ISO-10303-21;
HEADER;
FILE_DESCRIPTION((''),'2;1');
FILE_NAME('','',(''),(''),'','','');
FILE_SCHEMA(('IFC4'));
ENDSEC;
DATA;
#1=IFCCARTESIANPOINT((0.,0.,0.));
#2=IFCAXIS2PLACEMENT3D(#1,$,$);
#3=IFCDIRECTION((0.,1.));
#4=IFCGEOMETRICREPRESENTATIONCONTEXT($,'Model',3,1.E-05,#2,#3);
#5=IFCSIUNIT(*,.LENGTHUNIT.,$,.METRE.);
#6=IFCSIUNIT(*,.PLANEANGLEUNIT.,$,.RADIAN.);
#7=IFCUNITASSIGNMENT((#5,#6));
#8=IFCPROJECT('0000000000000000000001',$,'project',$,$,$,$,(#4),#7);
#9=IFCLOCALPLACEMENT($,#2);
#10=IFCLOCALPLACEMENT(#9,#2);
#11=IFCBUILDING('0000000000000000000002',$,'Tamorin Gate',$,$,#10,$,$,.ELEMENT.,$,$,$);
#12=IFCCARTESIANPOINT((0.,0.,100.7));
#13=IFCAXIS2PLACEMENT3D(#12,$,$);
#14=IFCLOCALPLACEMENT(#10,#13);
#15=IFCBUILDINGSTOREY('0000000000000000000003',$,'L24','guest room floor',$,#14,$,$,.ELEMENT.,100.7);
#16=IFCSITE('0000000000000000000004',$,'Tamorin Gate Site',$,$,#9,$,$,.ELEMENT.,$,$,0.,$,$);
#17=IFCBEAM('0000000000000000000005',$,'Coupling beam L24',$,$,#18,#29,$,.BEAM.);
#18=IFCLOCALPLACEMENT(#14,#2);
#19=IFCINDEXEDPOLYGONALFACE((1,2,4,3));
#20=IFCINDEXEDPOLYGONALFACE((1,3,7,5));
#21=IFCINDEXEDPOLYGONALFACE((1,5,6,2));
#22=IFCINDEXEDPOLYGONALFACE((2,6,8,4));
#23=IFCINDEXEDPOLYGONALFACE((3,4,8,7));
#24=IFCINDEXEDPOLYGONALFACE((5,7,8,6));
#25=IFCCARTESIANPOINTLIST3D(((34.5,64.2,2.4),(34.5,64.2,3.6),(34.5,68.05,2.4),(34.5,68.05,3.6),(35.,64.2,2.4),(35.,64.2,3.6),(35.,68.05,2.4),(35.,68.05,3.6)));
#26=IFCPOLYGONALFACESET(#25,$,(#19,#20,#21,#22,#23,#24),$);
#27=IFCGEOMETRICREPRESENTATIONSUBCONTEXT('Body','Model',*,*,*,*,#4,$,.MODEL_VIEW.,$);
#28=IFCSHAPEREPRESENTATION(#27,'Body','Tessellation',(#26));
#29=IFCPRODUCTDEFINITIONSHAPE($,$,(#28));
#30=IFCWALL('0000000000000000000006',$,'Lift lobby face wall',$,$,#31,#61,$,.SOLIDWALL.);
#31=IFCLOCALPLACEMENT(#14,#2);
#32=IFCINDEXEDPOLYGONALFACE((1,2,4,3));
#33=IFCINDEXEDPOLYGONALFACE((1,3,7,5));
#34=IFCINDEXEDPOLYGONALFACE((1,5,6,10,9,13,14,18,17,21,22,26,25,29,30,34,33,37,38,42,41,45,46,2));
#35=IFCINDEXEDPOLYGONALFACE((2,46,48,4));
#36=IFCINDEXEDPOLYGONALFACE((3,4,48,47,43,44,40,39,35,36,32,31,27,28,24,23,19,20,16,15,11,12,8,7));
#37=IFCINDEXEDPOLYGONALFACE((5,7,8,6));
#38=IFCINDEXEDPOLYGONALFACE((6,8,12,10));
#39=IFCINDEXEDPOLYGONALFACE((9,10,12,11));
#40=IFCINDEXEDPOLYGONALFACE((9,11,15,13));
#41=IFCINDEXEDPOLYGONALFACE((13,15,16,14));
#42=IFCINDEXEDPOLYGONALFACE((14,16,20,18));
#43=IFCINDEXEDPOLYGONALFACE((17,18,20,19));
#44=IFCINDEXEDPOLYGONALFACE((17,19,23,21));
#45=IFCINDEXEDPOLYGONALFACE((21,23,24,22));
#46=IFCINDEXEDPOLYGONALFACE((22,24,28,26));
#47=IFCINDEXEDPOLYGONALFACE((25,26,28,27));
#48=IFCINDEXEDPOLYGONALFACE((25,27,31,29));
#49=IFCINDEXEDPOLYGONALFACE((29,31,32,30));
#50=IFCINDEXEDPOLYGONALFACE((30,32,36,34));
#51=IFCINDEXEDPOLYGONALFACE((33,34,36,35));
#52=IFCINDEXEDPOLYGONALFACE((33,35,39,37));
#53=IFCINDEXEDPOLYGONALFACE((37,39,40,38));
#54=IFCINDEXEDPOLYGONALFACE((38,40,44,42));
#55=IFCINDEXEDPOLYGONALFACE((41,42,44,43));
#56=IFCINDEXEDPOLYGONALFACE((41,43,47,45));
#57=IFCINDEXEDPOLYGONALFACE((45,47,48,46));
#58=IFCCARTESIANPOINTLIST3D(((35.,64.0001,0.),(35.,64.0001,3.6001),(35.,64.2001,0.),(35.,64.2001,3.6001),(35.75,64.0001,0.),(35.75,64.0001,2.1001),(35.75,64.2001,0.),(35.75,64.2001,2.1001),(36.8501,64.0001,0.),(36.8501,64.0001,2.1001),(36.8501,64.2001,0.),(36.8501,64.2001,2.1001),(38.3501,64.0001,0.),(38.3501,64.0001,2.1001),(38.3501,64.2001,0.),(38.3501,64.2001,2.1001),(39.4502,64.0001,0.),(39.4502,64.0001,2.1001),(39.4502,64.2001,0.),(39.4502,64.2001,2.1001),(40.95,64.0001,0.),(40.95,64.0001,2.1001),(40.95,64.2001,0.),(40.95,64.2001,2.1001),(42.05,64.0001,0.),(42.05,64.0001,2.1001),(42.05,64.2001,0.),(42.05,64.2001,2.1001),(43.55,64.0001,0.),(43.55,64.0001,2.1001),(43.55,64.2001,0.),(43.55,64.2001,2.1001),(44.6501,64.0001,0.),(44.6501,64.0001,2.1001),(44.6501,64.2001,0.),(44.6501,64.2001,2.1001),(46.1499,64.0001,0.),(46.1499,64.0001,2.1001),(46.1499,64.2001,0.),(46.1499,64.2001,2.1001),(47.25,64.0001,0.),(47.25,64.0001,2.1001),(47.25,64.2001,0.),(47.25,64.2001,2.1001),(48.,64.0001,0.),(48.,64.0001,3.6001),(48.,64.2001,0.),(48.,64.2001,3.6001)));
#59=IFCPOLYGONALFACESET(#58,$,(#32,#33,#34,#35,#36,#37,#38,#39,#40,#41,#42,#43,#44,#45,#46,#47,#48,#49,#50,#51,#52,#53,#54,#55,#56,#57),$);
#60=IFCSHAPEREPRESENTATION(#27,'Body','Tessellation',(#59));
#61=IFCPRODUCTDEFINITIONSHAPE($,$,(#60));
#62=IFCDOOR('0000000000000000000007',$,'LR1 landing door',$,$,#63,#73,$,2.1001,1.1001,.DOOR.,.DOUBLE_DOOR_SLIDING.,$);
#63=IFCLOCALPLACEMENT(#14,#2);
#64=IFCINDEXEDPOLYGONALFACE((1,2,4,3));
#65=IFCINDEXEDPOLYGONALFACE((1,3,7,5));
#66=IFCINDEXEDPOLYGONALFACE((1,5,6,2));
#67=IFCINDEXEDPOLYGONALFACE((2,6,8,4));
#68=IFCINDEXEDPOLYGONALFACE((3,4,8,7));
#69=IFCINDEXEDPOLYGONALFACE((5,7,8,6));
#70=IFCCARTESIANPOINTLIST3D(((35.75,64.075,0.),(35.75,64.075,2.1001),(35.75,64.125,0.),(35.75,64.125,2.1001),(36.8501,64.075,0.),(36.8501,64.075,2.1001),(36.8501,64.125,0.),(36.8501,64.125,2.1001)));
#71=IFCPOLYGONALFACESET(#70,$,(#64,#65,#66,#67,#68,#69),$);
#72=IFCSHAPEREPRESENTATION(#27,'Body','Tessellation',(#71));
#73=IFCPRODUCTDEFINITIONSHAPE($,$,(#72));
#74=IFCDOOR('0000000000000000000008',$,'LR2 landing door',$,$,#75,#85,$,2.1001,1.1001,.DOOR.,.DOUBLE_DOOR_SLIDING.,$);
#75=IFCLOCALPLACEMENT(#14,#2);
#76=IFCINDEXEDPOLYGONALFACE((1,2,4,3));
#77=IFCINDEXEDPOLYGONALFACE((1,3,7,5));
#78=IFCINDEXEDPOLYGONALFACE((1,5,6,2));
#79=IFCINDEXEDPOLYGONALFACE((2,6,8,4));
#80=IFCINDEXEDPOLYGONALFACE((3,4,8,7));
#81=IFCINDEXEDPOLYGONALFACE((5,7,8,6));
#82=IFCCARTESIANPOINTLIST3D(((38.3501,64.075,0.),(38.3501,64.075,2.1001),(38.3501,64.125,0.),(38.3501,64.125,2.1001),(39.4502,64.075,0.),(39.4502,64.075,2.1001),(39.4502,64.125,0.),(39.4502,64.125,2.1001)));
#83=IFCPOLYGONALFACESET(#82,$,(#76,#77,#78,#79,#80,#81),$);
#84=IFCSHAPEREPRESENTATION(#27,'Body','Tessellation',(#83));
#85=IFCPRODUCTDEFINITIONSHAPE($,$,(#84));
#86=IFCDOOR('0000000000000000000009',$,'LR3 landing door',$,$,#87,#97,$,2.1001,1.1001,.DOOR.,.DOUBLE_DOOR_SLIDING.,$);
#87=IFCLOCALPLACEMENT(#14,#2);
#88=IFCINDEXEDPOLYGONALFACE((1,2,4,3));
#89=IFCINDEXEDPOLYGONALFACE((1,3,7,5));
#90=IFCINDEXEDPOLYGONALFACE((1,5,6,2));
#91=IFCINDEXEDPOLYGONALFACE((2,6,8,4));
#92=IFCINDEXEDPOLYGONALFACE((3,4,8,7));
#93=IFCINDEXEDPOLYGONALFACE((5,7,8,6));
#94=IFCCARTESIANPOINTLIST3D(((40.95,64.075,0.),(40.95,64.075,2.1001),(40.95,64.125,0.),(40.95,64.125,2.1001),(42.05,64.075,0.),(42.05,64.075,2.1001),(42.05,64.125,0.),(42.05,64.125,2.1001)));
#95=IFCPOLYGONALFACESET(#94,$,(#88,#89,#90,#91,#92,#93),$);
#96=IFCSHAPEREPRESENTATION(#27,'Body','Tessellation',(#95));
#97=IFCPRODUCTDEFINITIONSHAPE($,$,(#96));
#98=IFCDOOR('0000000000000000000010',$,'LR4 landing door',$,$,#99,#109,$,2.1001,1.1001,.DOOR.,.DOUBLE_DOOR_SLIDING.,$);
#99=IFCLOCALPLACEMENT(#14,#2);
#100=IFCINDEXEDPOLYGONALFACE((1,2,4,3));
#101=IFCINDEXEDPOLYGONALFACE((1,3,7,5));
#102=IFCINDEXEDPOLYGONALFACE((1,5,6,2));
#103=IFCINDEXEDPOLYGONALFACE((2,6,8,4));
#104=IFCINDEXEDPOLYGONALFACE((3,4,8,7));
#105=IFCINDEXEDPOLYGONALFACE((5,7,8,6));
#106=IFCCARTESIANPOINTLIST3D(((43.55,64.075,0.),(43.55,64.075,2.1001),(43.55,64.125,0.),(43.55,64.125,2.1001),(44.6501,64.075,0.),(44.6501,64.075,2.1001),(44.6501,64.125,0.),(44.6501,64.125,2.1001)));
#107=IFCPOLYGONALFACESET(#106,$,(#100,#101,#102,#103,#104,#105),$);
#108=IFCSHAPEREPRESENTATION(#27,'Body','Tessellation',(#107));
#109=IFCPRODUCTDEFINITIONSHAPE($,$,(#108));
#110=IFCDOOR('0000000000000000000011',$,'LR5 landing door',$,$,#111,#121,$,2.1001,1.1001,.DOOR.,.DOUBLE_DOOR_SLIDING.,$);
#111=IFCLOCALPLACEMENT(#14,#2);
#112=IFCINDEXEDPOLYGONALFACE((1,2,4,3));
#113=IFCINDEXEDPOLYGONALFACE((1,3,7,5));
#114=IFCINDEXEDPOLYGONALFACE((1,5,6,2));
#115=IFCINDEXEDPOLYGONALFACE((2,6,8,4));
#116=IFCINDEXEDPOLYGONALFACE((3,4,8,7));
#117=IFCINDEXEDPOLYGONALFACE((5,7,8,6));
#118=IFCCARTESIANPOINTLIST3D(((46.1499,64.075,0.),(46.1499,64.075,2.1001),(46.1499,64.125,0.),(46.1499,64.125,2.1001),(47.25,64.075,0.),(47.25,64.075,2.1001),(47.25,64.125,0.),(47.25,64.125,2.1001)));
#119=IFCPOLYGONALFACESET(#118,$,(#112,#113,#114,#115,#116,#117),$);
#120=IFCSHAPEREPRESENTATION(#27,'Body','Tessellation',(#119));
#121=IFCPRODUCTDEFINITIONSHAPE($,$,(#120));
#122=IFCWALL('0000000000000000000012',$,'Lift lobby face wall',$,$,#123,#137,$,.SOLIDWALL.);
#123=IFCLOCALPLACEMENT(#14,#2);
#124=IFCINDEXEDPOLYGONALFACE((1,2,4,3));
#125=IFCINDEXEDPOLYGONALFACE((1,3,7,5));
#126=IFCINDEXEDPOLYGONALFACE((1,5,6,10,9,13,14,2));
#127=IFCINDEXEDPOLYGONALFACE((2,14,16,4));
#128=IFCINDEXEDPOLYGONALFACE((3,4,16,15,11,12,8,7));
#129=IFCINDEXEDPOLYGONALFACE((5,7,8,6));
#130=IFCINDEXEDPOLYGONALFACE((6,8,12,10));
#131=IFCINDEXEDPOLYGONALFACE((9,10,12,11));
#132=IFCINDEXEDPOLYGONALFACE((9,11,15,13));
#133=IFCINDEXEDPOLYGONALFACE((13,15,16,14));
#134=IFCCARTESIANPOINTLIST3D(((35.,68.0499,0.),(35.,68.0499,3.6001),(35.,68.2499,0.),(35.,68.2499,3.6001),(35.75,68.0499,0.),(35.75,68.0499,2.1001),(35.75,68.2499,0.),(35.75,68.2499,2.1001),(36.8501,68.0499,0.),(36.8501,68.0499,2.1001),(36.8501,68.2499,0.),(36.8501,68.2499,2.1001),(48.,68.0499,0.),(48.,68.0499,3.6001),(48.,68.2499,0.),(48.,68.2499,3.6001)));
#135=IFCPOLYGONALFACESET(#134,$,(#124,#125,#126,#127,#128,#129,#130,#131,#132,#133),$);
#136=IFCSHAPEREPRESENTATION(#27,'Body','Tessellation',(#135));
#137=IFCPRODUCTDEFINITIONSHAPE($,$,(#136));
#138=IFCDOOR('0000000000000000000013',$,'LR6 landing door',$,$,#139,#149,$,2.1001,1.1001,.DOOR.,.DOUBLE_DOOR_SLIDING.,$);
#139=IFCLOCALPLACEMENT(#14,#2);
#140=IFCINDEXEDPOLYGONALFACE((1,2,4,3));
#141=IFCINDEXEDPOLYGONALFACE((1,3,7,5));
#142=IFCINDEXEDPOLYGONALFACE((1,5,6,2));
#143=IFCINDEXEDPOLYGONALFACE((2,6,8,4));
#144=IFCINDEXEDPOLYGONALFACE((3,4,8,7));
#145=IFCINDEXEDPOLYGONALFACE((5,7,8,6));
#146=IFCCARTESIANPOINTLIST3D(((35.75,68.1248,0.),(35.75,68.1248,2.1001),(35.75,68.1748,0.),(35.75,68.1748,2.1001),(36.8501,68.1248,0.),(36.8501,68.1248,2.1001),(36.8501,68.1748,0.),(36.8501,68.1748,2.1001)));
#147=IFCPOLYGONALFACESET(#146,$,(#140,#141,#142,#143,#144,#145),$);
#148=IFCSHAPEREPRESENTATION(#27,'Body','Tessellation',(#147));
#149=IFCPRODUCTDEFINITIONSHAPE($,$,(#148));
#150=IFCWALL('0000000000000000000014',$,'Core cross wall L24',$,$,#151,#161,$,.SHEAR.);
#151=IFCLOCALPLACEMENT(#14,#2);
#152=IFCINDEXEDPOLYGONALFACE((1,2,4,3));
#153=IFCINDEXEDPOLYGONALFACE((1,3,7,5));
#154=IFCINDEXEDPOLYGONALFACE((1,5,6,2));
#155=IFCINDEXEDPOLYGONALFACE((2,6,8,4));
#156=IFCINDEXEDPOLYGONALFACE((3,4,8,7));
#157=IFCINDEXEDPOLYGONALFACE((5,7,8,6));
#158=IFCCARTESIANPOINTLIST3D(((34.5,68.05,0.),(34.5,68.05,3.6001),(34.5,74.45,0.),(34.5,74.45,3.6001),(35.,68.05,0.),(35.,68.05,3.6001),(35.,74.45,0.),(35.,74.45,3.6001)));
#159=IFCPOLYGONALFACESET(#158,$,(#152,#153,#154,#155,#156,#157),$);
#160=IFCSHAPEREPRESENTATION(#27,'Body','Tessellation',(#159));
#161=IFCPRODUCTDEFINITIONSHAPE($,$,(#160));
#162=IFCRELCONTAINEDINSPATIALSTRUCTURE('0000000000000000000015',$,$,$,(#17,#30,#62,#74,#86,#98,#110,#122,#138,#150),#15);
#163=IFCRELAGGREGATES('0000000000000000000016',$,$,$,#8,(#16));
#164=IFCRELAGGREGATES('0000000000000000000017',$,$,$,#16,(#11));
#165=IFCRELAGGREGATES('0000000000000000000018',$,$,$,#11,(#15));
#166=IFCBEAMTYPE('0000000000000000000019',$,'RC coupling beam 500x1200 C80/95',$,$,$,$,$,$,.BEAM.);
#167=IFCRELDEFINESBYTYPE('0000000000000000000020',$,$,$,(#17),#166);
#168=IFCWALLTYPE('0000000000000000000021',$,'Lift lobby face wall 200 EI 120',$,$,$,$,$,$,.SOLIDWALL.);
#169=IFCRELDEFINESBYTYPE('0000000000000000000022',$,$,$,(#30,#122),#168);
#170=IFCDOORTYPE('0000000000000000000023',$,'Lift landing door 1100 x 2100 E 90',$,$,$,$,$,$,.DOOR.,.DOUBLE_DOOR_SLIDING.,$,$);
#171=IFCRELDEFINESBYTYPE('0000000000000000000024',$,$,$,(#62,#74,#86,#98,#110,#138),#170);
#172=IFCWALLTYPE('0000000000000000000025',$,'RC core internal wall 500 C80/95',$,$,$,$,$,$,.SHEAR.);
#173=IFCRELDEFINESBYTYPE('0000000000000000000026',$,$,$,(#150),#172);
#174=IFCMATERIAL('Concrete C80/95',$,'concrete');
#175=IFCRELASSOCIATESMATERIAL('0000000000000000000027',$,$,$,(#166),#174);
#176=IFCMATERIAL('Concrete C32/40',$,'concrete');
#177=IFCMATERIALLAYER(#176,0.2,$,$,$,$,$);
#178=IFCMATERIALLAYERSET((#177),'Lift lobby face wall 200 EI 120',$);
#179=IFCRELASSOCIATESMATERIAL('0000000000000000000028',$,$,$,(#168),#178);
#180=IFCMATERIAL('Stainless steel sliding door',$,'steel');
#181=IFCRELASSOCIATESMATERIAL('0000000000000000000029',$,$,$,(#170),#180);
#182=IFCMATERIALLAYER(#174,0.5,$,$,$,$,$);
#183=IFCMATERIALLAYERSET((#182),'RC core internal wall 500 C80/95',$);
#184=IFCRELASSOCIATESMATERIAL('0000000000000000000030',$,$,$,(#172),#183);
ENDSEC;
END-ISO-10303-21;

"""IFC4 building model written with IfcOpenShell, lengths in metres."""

from ifc_helpers import new_model, si_unit, direction, frame, frame_2d, origin, origin_2d, place, context, subcontext, project, spatial, rectangle, extrude, material, layer, layer_set, material_profile, profile_set, type_object, element, fill, save


model = new_model("IFC4")

# Units and contexts
model_context = context("Model", 3, precision=1e-05, world=origin(), true_north=direction((0.0, 1.0)))
body_context = subcontext(model_context, "Body", "Model", "MODEL_VIEW")
ifc_project = project(units=[si_unit("LENGTHUNIT", "METRE"), si_unit("PLANEANGLEUNIT", "RADIAN")], contexts=[model_context])

# Site, building, storey
site_placement = place(None, origin())
site = spatial("IfcSite", under=ifc_project, at=site_placement, Name="Tamorin Gate Site", CompositionType="ELEMENT", RefElevation=0.0)
building_placement = place(site_placement, origin())
building = spatial("IfcBuilding", under=site, at=building_placement, Name="Tamorin Gate", CompositionType="ELEMENT")
storey_placement = place(building_placement, frame((0.0, 0.0, 100.7)))
storey = spatial("IfcBuildingStorey", under=building, at=storey_placement, Name="L24", Description="guest room floor", CompositionType="ELEMENT", Elevation=100.7)

# Beam
ifc_material_1 = material(Name="Concrete C80/95", Category="concrete")
ifc_material_profile = material_profile(ifc_material_1, rectangle(XDim=0.5, YDim=1.2, at=origin_2d()), Name="RC 500x1200")
ifc_profile_set = profile_set([ifc_material_profile], Name="Concrete C80/95")
beam_type = type_object("IfcBeamType", Name="RC coupling beam 500x1200 C80/95", PredefinedType="BEAM", material=ifc_profile_set)
beam_placement = place(storey_placement, frame((34.75, 64.2, 3.0), z_axis=(0.0, 1.0, 0.0), x_axis=(-1.0, 0.0, 0.0)))
element("IfcBeam", 1, at=beam_placement, inside=storey, type_object=beam_type, Name="Coupling beam L24", PredefinedType="BEAM", context=body_context, shape_type="SweptSolid", body=[
    extrude(rectangle(XDim=0.5, YDim=1.2, at=origin_2d()), origin(), (0.0, 0.0, 1.0), 3.8501),
])

# Wall, openings, doors
ifc_material_2 = material(Name="Concrete C32/40", Category="concrete")
ifc_layer_1 = layer(ifc_material_2, 0.2)
ifc_layer_set_1 = layer_set([ifc_layer_1], Name="Lift lobby face wall 200 EI 120")
wall_type_1 = type_object("IfcWallType", Name="Lift lobby face wall 200 EI 120", PredefinedType="SOLIDWALL", material=ifc_layer_set_1)
wall_1_placement = place(storey_placement, frame((35.0, 64.1001, 0.0), z_axis=(0.0, 0.0, 1.0), x_axis=(1.0, 0.0, 0.0)))
wall_1 = element("IfcWall", 2, at=wall_1_placement, inside=storey, type_object=wall_type_1, Name="Lift lobby face wall", PredefinedType="SOLIDWALL", context=body_context, shape_type="SweptSolid", body=[
    extrude(rectangle(XDim=13.0, YDim=0.2, at=frame_2d((6.5, 0.0))), origin(), (0.0, 0.0, 1.0), 3.6001),
])
opening_1_placement = place(wall_1_placement, frame((0.75, 0.0, 0.0)))
opening_1 = element("IfcOpeningElement", 3, at=opening_1_placement, cuts=wall_1, PredefinedType="OPENING", context=body_context, shape_type="SweptSolid", body=[
    extrude(rectangle(XDim=1.1001, YDim=2.1001, at=frame_2d((0.55, 1.05))), frame((0.0, 0.1099, 0.0), z_axis=(0.0, -1.0, 0.0), x_axis=(1.0, 0.0, 0.0)), (0.0, 0.0, 1.0), 0.22),
])
opening_2_placement = place(wall_1_placement, frame((3.3501, 0.0, 0.0)))
opening_2 = element("IfcOpeningElement", 4, at=opening_2_placement, cuts=wall_1, PredefinedType="OPENING", context=body_context, shape_type="SweptSolid", body=[
    extrude(rectangle(XDim=1.1001, YDim=2.1001, at=frame_2d((0.55, 1.05))), frame((0.0, 0.1099, 0.0), z_axis=(0.0, -1.0, 0.0), x_axis=(1.0, 0.0, 0.0)), (0.0, 0.0, 1.0), 0.22),
])
opening_3_placement = place(wall_1_placement, frame((5.95, 0.0, 0.0)))
opening_3 = element("IfcOpeningElement", 5, at=opening_3_placement, cuts=wall_1, PredefinedType="OPENING", context=body_context, shape_type="SweptSolid", body=[
    extrude(rectangle(XDim=1.1001, YDim=2.1001, at=frame_2d((0.55, 1.05))), frame((0.0, 0.1099, 0.0), z_axis=(0.0, -1.0, 0.0), x_axis=(1.0, 0.0, 0.0)), (0.0, 0.0, 1.0), 0.22),
])
opening_4_placement = place(wall_1_placement, frame((8.55, 0.0, 0.0)))
opening_4 = element("IfcOpeningElement", 6, at=opening_4_placement, cuts=wall_1, PredefinedType="OPENING", context=body_context, shape_type="SweptSolid", body=[
    extrude(rectangle(XDim=1.1001, YDim=2.1001, at=frame_2d((0.55, 1.05))), frame((0.0, 0.1099, 0.0), z_axis=(0.0, -1.0, 0.0), x_axis=(1.0, 0.0, 0.0)), (0.0, 0.0, 1.0), 0.22),
])
opening_5_placement = place(wall_1_placement, frame((11.1499, 0.0, 0.0)))
opening_5 = element("IfcOpeningElement", 7, at=opening_5_placement, cuts=wall_1, PredefinedType="OPENING", context=body_context, shape_type="SweptSolid", body=[
    extrude(rectangle(XDim=1.1001, YDim=2.1001, at=frame_2d((0.55, 1.05))), frame((0.0, 0.1099, 0.0), z_axis=(0.0, -1.0, 0.0), x_axis=(1.0, 0.0, 0.0)), (0.0, 0.0, 1.0), 0.22),
])
ifc_material_3 = material(Name="Stainless steel sliding door", Category="steel")
door_type_1 = type_object("IfcDoorType", Name="Lift landing door 1100 x 2100 E 90", OperationType="DOUBLE_DOOR_SLIDING", PredefinedType="DOOR", material=ifc_material_3)
door_1_placement = place(opening_1_placement, origin())
door_1 = element("IfcDoor", 8, at=door_1_placement, inside=storey, type_object=door_type_1, Name="LR1 landing door", OperationType="DOUBLE_DOOR_SLIDING", OverallHeight=2.1001, OverallWidth=1.1001, PredefinedType="DOOR", context=body_context, shape_type="SweptSolid", body=[
    extrude(rectangle(XDim=1.1001, YDim=2.1001, at=frame_2d((0.55, 1.05))), frame((0.0, 0.0249, 0.0), z_axis=(0.0, -1.0, 0.0), x_axis=(1.0, 0.0, 0.0)), (0.0, 0.0, 1.0), 0.05),
])
fill(opening_1, door_1)
door_2_placement = place(opening_2_placement, origin())
door_2 = element("IfcDoor", 9, at=door_2_placement, inside=storey, type_object=door_type_1, Name="LR2 landing door", OperationType="DOUBLE_DOOR_SLIDING", OverallHeight=2.1001, OverallWidth=1.1001, PredefinedType="DOOR", context=body_context, shape_type="SweptSolid", body=[
    extrude(rectangle(XDim=1.1001, YDim=2.1001, at=frame_2d((0.55, 1.05))), frame((0.0, 0.0249, 0.0), z_axis=(0.0, -1.0, 0.0), x_axis=(1.0, 0.0, 0.0)), (0.0, 0.0, 1.0), 0.05),
])
fill(opening_2, door_2)
door_3_placement = place(opening_3_placement, origin())
door_3 = element("IfcDoor", 10, at=door_3_placement, inside=storey, type_object=door_type_1, Name="LR3 landing door", OperationType="DOUBLE_DOOR_SLIDING", OverallHeight=2.1001, OverallWidth=1.1001, PredefinedType="DOOR", context=body_context, shape_type="SweptSolid", body=[
    extrude(rectangle(XDim=1.1001, YDim=2.1001, at=frame_2d((0.55, 1.05))), frame((0.0, 0.0249, 0.0), z_axis=(0.0, -1.0, 0.0), x_axis=(1.0, 0.0, 0.0)), (0.0, 0.0, 1.0), 0.05),
])
fill(opening_3, door_3)
door_4_placement = place(opening_4_placement, origin())
door_4 = element("IfcDoor", 11, at=door_4_placement, inside=storey, type_object=door_type_1, Name="LR4 landing door", OperationType="DOUBLE_DOOR_SLIDING", OverallHeight=2.1001, OverallWidth=1.1001, PredefinedType="DOOR", context=body_context, shape_type="SweptSolid", body=[
    extrude(rectangle(XDim=1.1001, YDim=2.1001, at=frame_2d((0.55, 1.05))), frame((0.0, 0.0249, 0.0), z_axis=(0.0, -1.0, 0.0), x_axis=(1.0, 0.0, 0.0)), (0.0, 0.0, 1.0), 0.05),
])
fill(opening_4, door_4)
door_5_placement = place(opening_5_placement, origin())
door_5 = element("IfcDoor", 12, at=door_5_placement, inside=storey, type_object=door_type_1, Name="LR5 landing door", OperationType="DOUBLE_DOOR_SLIDING", OverallHeight=2.1001, OverallWidth=1.1001, PredefinedType="DOOR", context=body_context, shape_type="SweptSolid", body=[
    extrude(rectangle(XDim=1.1001, YDim=2.1001, at=frame_2d((0.55, 1.05))), frame((0.0, 0.0249, 0.0), z_axis=(0.0, -1.0, 0.0), x_axis=(1.0, 0.0, 0.0)), (0.0, 0.0, 1.0), 0.05),
])
fill(opening_5, door_5)

# Wall, opening, door
wall_2_placement = place(storey_placement, frame((35.0, 68.1499, 0.0), z_axis=(0.0, 0.0, 1.0), x_axis=(1.0, 0.0, 0.0)))
wall_2 = element("IfcWall", 13, at=wall_2_placement, inside=storey, type_object=wall_type_1, Name="Lift lobby face wall", PredefinedType="SOLIDWALL", context=body_context, shape_type="SweptSolid", body=[
    extrude(rectangle(XDim=13.0, YDim=0.2, at=frame_2d((6.5, 0.0))), origin(), (0.0, 0.0, 1.0), 3.6001),
])
opening_6_placement = place(wall_2_placement, frame((0.75, 0.0, 0.0)))
opening_6 = element("IfcOpeningElement", 14, at=opening_6_placement, cuts=wall_2, PredefinedType="OPENING", context=body_context, shape_type="SweptSolid", body=[
    extrude(rectangle(XDim=1.1001, YDim=2.1001, at=frame_2d((0.55, 1.05))), frame((0.0, 0.1099, 0.0), z_axis=(0.0, -1.0, 0.0), x_axis=(1.0, 0.0, 0.0)), (0.0, 0.0, 1.0), 0.22),
])
door_6_placement = place(opening_6_placement, origin())
door_6 = element("IfcDoor", 15, at=door_6_placement, inside=storey, type_object=door_type_1, Name="LR6 landing door", OperationType="DOUBLE_DOOR_SLIDING", OverallHeight=2.1001, OverallWidth=1.1001, PredefinedType="DOOR", context=body_context, shape_type="SweptSolid", body=[
    extrude(rectangle(XDim=1.1001, YDim=2.1001, at=frame_2d((0.55, 1.05))), frame((0.0, 0.0249, 0.0), z_axis=(0.0, -1.0, 0.0), x_axis=(1.0, 0.0, 0.0)), (0.0, 0.0, 1.0), 0.05),
])
fill(opening_6, door_6)

# Wall
ifc_layer_2 = layer(ifc_material_1, 0.5)
ifc_layer_set_2 = layer_set([ifc_layer_2], Name="RC core internal wall 500 C80/95")
wall_type_2 = type_object("IfcWallType", Name="RC core internal wall 500 C80/95", PredefinedType="SHEAR", material=ifc_layer_set_2)
wall_3_placement = place(storey_placement, frame((34.75, 68.05, 0.0), z_axis=(0.0, 0.0, 1.0), x_axis=(0.0, 1.0, 0.0)))
element("IfcWall", 16, at=wall_3_placement, inside=storey, type_object=wall_type_2, Name="Core cross wall L24", PredefinedType="SHEAR", context=body_context, shape_type="SweptSolid", body=[
    extrude(rectangle(XDim=6.3999, YDim=0.5, at=frame_2d((3.2, 0.0))), origin(), (0.0, 0.0, 1.0), 3.6001),
])

save(model, "model.ifc")
